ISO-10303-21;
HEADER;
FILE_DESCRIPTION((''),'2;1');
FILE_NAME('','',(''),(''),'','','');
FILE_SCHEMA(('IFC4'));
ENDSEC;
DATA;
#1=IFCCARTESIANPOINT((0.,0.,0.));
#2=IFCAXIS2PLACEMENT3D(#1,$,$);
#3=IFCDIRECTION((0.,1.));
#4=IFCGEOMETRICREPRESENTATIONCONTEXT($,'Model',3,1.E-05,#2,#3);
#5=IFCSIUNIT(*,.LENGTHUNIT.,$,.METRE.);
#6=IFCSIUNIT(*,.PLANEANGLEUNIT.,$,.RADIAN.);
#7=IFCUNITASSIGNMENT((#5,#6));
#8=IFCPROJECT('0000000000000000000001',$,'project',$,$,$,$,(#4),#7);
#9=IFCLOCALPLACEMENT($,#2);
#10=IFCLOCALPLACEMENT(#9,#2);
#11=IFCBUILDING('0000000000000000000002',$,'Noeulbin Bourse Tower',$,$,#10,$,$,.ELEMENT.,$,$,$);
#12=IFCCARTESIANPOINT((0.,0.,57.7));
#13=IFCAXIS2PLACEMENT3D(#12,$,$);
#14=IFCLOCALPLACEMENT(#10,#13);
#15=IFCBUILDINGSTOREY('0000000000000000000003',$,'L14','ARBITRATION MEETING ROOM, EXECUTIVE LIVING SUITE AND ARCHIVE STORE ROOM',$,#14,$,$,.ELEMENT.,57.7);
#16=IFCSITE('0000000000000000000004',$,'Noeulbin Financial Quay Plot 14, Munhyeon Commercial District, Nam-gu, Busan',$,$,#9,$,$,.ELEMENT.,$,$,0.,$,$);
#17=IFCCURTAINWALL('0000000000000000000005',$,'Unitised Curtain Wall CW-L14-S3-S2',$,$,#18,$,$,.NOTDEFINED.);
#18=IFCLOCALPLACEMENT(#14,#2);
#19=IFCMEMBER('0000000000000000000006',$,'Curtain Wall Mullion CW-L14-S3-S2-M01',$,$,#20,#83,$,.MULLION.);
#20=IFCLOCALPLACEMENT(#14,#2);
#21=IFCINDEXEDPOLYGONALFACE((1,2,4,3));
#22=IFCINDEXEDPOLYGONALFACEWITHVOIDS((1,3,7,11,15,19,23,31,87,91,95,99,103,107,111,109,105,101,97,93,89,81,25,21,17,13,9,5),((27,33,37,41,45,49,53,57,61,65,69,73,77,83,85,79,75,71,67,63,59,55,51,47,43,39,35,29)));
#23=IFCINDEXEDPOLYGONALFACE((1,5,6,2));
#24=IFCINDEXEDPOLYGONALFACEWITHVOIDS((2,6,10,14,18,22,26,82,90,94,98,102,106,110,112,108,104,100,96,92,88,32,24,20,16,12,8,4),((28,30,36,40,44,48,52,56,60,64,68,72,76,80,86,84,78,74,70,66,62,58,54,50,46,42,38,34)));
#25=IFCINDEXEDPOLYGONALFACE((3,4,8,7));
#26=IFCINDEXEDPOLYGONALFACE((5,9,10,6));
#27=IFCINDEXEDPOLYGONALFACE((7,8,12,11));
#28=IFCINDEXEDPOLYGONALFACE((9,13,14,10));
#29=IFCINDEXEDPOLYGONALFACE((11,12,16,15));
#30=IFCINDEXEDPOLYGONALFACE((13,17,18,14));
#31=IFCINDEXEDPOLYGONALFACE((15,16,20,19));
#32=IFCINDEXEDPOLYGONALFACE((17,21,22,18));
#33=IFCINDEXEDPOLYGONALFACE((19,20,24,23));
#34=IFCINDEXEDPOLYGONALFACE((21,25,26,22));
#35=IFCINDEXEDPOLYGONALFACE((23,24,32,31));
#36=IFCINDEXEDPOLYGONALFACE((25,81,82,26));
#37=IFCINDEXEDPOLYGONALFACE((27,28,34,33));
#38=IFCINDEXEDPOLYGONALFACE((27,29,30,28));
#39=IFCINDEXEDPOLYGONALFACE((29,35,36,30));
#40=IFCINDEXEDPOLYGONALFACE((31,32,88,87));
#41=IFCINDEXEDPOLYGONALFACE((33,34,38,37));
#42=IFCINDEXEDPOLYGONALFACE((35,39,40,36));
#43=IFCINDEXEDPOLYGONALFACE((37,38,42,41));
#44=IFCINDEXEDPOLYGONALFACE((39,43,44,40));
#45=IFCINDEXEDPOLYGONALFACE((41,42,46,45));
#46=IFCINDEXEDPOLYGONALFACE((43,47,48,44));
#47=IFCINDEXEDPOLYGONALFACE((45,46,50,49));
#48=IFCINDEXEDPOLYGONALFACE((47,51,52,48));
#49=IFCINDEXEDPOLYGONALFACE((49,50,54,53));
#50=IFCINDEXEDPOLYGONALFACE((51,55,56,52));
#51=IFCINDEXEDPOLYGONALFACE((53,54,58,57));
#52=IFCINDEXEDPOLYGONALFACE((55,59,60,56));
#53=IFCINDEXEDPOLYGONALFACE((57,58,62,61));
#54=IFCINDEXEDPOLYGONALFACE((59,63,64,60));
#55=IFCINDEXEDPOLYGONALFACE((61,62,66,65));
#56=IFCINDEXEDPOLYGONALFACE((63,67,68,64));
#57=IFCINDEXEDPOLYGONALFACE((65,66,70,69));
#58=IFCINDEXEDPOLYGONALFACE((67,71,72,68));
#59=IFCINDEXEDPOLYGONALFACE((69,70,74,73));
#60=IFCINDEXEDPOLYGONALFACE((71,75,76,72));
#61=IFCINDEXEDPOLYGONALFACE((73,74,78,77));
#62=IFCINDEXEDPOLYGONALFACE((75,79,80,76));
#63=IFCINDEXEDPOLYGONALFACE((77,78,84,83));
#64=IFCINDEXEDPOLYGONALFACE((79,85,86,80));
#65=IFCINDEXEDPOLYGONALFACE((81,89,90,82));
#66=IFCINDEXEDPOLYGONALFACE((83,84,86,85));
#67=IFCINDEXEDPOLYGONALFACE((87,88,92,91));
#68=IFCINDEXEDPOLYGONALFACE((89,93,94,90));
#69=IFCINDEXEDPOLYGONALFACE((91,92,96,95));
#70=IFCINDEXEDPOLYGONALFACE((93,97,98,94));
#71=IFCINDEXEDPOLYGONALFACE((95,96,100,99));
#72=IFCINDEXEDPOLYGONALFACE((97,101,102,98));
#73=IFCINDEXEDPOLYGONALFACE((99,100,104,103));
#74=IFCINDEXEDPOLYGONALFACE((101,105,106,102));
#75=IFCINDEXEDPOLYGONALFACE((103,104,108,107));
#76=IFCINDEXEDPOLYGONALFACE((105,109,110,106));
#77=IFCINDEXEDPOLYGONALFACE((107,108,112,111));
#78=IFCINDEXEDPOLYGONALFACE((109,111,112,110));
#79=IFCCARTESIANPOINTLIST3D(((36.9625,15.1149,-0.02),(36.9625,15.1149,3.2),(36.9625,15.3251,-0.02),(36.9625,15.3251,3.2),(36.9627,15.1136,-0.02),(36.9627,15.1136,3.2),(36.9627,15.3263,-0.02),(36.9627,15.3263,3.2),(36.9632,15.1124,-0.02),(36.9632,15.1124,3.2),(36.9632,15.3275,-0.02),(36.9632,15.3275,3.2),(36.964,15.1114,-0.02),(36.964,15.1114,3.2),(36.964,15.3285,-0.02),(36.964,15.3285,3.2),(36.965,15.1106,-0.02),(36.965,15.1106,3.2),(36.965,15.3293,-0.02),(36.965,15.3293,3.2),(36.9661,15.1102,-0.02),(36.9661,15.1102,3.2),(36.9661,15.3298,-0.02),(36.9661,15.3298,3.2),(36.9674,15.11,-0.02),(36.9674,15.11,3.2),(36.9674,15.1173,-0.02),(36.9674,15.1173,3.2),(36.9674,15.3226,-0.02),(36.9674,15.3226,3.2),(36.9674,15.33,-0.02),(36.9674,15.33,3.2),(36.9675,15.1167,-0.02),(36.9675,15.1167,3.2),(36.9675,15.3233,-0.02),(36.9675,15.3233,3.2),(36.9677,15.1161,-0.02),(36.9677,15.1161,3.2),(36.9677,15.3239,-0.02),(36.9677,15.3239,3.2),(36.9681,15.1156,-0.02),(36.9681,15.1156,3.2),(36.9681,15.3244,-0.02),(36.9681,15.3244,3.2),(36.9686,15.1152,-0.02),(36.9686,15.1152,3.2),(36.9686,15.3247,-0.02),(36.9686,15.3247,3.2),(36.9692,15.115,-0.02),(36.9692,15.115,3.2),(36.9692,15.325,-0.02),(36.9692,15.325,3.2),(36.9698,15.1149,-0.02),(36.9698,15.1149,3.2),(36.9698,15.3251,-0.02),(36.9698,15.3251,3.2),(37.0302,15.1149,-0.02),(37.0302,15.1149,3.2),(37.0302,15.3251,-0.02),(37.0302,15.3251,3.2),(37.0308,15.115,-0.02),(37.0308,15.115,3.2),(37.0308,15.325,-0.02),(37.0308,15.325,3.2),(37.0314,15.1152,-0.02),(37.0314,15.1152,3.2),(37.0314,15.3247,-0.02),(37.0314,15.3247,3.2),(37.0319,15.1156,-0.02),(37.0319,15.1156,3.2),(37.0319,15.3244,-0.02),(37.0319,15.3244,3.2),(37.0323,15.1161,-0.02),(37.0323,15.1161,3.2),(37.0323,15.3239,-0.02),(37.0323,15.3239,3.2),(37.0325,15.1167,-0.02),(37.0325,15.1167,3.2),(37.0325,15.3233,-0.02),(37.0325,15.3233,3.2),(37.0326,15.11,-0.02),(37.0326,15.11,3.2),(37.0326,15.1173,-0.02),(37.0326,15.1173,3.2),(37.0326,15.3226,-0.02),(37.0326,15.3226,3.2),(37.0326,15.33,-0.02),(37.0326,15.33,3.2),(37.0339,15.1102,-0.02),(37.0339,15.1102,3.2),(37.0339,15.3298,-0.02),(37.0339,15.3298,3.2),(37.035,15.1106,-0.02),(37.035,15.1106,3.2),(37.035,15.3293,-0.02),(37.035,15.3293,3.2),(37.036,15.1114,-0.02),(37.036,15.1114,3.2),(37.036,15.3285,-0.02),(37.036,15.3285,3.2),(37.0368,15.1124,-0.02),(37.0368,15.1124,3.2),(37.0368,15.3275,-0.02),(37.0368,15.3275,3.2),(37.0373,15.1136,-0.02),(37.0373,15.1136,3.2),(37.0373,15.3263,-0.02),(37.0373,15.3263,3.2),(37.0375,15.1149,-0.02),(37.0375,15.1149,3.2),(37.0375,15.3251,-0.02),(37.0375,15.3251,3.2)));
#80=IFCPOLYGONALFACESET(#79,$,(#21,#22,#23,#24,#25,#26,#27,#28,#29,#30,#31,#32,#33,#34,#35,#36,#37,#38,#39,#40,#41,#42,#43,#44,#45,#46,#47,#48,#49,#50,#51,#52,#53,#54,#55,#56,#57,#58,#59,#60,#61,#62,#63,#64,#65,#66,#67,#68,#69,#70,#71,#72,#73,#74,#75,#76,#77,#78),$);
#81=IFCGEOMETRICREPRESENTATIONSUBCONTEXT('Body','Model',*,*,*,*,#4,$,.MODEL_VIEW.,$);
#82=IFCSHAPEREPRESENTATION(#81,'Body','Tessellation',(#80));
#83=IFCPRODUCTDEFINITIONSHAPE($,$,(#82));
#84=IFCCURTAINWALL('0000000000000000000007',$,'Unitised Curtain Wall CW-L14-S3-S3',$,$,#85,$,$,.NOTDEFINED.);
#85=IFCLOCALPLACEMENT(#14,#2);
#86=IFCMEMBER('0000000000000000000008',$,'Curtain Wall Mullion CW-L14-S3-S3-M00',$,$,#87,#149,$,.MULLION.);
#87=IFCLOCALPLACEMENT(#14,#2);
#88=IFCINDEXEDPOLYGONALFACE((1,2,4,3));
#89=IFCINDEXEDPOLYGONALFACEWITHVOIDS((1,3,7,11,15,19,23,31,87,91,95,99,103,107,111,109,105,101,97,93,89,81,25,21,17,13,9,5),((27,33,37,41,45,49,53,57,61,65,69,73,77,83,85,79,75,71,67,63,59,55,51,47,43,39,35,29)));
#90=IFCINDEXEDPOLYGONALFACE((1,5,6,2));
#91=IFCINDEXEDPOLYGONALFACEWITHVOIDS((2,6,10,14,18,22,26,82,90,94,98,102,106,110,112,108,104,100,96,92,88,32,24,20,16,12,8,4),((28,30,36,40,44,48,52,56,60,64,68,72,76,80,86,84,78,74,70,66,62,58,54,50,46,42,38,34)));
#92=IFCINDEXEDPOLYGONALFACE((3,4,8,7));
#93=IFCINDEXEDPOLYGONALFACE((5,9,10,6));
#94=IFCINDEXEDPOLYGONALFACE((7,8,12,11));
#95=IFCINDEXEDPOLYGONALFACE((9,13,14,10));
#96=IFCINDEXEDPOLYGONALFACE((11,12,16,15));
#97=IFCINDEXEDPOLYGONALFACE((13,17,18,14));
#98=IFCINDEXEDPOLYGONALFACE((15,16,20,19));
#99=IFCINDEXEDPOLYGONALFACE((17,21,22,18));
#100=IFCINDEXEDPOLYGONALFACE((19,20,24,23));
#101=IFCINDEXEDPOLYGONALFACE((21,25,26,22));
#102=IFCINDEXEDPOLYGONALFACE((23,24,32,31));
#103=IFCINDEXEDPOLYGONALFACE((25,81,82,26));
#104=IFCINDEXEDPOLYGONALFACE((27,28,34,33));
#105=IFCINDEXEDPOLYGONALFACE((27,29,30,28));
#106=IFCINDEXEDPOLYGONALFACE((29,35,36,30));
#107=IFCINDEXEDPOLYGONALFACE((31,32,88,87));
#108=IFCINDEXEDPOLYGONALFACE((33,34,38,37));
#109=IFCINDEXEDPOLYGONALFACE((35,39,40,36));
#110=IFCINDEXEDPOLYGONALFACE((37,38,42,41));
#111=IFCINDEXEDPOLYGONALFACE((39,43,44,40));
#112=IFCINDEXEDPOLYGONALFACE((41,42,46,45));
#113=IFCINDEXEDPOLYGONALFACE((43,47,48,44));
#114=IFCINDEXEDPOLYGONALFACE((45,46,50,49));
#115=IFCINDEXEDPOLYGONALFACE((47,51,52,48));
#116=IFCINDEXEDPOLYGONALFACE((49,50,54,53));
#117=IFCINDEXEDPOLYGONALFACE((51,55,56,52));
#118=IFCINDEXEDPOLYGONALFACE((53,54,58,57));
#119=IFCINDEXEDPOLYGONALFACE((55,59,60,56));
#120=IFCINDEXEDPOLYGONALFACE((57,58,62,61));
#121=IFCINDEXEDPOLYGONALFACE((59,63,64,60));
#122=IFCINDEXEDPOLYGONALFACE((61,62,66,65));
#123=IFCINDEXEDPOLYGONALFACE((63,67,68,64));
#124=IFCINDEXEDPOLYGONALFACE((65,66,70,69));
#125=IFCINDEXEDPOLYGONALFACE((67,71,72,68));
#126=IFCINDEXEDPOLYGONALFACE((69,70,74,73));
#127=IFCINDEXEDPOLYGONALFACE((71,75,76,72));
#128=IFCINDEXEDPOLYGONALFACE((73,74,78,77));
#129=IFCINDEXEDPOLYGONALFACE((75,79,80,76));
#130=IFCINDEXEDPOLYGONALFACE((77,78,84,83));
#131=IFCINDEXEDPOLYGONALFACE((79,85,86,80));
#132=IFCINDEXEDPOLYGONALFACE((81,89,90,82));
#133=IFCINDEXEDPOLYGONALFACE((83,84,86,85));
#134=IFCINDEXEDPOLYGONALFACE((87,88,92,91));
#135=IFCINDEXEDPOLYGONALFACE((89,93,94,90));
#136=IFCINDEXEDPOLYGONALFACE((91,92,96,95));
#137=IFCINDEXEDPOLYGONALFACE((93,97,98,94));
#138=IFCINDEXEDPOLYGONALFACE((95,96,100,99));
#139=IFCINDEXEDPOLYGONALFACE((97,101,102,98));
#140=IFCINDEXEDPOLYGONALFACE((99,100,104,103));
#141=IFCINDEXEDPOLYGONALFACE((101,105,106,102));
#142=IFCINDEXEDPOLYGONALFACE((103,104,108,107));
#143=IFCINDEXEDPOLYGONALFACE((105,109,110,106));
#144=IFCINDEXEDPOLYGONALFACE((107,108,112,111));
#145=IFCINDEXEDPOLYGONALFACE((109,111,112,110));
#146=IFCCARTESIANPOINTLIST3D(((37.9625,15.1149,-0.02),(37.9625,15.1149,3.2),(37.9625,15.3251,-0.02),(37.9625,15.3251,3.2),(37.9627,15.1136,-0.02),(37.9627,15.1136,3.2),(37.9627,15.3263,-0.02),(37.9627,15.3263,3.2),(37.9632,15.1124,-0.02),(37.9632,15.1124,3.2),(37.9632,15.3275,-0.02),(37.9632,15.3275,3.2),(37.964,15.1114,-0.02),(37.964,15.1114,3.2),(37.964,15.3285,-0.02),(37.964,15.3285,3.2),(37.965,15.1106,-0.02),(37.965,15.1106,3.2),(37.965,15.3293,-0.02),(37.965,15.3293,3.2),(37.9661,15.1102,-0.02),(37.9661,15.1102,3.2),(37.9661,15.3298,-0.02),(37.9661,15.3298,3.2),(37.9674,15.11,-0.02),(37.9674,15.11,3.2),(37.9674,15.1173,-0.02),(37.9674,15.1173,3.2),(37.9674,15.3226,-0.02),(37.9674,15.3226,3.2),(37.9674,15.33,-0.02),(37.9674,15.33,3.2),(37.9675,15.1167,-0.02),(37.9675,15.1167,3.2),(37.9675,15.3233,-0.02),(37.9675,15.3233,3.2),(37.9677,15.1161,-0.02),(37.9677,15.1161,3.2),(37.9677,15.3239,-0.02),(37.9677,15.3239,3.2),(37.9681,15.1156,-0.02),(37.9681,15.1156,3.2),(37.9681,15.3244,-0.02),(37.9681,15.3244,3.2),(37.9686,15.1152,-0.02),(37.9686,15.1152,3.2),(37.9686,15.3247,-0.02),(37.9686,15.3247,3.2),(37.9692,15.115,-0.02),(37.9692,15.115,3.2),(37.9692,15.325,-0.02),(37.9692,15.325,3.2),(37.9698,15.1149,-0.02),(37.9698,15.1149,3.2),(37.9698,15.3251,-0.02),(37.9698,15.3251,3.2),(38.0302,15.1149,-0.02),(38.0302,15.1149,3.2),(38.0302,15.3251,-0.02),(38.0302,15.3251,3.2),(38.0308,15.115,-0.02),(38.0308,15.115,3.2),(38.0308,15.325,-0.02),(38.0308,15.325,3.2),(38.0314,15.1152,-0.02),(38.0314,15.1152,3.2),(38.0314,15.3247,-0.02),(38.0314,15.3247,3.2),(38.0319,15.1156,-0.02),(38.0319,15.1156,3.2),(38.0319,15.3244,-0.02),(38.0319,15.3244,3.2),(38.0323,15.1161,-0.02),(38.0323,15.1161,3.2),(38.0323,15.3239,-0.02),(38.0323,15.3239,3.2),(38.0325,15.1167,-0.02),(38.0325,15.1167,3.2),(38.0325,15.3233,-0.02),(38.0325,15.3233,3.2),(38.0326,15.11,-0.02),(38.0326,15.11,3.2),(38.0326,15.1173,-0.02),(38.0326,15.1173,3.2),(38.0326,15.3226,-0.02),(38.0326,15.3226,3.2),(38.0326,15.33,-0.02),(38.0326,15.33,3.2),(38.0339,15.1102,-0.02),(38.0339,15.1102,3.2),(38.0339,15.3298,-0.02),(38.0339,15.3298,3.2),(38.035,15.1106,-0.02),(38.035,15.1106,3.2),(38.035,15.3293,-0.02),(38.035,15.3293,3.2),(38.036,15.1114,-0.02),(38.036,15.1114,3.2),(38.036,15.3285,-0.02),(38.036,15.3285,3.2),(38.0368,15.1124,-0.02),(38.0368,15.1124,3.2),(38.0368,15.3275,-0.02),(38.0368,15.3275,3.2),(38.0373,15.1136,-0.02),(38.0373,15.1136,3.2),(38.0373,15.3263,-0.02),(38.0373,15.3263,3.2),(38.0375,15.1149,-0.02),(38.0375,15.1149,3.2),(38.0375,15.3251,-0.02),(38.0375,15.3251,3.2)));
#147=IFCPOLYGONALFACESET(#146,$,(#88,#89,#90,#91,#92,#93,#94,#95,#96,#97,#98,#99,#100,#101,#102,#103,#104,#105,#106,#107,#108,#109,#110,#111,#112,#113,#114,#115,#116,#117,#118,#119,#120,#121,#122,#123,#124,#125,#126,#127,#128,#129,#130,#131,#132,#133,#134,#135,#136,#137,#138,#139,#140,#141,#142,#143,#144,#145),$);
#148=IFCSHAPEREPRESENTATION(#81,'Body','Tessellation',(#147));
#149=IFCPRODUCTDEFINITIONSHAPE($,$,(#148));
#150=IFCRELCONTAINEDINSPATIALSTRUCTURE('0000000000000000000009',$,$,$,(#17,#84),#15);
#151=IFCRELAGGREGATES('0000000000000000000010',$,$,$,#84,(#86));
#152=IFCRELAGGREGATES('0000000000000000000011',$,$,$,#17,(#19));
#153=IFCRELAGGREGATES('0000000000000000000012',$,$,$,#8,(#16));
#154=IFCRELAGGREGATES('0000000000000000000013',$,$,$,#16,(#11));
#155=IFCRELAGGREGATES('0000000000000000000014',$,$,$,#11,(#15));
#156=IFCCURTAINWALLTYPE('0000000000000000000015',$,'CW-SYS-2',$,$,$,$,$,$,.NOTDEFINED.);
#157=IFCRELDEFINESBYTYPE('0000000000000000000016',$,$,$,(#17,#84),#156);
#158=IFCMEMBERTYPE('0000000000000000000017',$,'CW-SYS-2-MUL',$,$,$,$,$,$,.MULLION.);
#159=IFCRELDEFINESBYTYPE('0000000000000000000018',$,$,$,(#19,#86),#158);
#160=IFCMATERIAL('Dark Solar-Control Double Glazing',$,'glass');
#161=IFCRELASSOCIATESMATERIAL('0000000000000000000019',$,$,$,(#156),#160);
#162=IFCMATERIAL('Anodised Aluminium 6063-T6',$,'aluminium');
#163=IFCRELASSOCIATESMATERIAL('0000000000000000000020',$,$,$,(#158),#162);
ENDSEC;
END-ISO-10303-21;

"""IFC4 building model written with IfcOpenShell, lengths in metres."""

from ifc_helpers import new_model, si_unit, direction, frame, origin, origin_2d, place, context, subcontext, project, spatial, hollow_rectangle, extrude, material, material_profile, profile_set, type_object, element, aggregate, save


model = new_model("IFC4")

# Units and contexts
model_context = context("Model", 3, precision=1e-05, world=origin(), true_north=direction((0.0, 1.0)))
body_context = subcontext(model_context, "Body", "Model", "MODEL_VIEW")
ifc_project = project(units=[si_unit("LENGTHUNIT", "METRE"), si_unit("PLANEANGLEUNIT", "RADIAN")], contexts=[model_context])

# Site, building, storey
site_placement = place(None, origin())
site = spatial("IfcSite", under=ifc_project, at=site_placement, Name="Noeulbin Financial Quay Plot 14, Munhyeon Commercial District, Nam-gu, Busan", CompositionType="ELEMENT", RefElevation=0.0)
building_placement = place(site_placement, origin())
building = spatial("IfcBuilding", under=site, at=building_placement, Name="Noeulbin Bourse Tower", CompositionType="ELEMENT")
storey_placement = place(building_placement, frame((0.0, 0.0, 57.7)))
storey = spatial("IfcBuildingStorey", under=building, at=storey_placement, Name="L14", Description="ARBITRATION MEETING ROOM, EXECUTIVE LIVING SUITE AND ARCHIVE STORE ROOM", CompositionType="ELEMENT", Elevation=57.7)

# Curtain wall, member
ifc_material_1 = material(Name="Dark Solar-Control Double Glazing", Category="glass")
curtain_wall_type = type_object("IfcCurtainWallType", Name="CW-SYS-2", PredefinedType="NOTDEFINED", material=ifc_material_1)
ifc_material_2 = material(Name="Anodised Aluminium 6063-T6", Category="aluminium")
ifc_material_profile_1 = material_profile(ifc_material_2, hollow_rectangle(XDim=0.075, YDim=0.22, WallThickness=0.0049, InnerFilletRadius=0.0024, OuterFilletRadius=0.0049, at=origin_2d()), Name="ALU-MULL-75x220x5", Category="LoadBearing")
ifc_profile_set_1 = profile_set([ifc_material_profile_1], Name="Anodised Aluminium 6063-T6")
member_type_1 = type_object("IfcMemberType", Name="CW-SYS-2-MUL", PredefinedType="MULLION", material=ifc_profile_set_1)
curtain_wall_1_placement = place(storey_placement, origin())
curtain_wall_1 = element("IfcCurtainWall", 1, at=curtain_wall_1_placement, inside=storey, type_object=curtain_wall_type, Name="Unitised Curtain Wall CW-L14-S3-S2", PredefinedType="NOTDEFINED")
member_1_placement = place(storey_placement, frame((37.0, 15.22, -0.02), z_axis=(0.0, 0.0, 1.0), x_axis=(1.0, 0.0, 0.0)))
member_1 = element("IfcMember", 2, at=member_1_placement, type_object=member_type_1, Name="Curtain Wall Mullion CW-L14-S3-S2-M01", PredefinedType="MULLION", context=body_context, shape_type="SweptSolid", body=[
    extrude(hollow_rectangle(XDim=0.075, YDim=0.22, WallThickness=0.0049, InnerFilletRadius=0.0024, OuterFilletRadius=0.0049, at=origin_2d()), origin(), (0.0, 0.0, 1.0), 3.22),
])

# Curtain wall, member
curtain_wall_2_placement = place(storey_placement, origin())
curtain_wall_2 = element("IfcCurtainWall", 3, at=curtain_wall_2_placement, inside=storey, type_object=curtain_wall_type, Name="Unitised Curtain Wall CW-L14-S3-S3", PredefinedType="NOTDEFINED")
member_2_placement = place(storey_placement, frame((38.0, 15.22, -0.02), z_axis=(0.0, 0.0, 1.0), x_axis=(1.0, 0.0, 0.0)))
member_2 = element("IfcMember", 4, at=member_2_placement, type_object=member_type_1, Name="Curtain Wall Mullion CW-L14-S3-S3-M00", PredefinedType="MULLION", context=body_context, shape_type="SweptSolid", body=[
    extrude(hollow_rectangle(XDim=0.075, YDim=0.22, WallThickness=0.0049, InnerFilletRadius=0.0024, OuterFilletRadius=0.0049, at=origin_2d()), origin(), (0.0, 0.0, 1.0), 3.22),
])

aggregate(curtain_wall_2, [member_2])

aggregate(curtain_wall_1, [member_1])

save(model, "model.ifc")
